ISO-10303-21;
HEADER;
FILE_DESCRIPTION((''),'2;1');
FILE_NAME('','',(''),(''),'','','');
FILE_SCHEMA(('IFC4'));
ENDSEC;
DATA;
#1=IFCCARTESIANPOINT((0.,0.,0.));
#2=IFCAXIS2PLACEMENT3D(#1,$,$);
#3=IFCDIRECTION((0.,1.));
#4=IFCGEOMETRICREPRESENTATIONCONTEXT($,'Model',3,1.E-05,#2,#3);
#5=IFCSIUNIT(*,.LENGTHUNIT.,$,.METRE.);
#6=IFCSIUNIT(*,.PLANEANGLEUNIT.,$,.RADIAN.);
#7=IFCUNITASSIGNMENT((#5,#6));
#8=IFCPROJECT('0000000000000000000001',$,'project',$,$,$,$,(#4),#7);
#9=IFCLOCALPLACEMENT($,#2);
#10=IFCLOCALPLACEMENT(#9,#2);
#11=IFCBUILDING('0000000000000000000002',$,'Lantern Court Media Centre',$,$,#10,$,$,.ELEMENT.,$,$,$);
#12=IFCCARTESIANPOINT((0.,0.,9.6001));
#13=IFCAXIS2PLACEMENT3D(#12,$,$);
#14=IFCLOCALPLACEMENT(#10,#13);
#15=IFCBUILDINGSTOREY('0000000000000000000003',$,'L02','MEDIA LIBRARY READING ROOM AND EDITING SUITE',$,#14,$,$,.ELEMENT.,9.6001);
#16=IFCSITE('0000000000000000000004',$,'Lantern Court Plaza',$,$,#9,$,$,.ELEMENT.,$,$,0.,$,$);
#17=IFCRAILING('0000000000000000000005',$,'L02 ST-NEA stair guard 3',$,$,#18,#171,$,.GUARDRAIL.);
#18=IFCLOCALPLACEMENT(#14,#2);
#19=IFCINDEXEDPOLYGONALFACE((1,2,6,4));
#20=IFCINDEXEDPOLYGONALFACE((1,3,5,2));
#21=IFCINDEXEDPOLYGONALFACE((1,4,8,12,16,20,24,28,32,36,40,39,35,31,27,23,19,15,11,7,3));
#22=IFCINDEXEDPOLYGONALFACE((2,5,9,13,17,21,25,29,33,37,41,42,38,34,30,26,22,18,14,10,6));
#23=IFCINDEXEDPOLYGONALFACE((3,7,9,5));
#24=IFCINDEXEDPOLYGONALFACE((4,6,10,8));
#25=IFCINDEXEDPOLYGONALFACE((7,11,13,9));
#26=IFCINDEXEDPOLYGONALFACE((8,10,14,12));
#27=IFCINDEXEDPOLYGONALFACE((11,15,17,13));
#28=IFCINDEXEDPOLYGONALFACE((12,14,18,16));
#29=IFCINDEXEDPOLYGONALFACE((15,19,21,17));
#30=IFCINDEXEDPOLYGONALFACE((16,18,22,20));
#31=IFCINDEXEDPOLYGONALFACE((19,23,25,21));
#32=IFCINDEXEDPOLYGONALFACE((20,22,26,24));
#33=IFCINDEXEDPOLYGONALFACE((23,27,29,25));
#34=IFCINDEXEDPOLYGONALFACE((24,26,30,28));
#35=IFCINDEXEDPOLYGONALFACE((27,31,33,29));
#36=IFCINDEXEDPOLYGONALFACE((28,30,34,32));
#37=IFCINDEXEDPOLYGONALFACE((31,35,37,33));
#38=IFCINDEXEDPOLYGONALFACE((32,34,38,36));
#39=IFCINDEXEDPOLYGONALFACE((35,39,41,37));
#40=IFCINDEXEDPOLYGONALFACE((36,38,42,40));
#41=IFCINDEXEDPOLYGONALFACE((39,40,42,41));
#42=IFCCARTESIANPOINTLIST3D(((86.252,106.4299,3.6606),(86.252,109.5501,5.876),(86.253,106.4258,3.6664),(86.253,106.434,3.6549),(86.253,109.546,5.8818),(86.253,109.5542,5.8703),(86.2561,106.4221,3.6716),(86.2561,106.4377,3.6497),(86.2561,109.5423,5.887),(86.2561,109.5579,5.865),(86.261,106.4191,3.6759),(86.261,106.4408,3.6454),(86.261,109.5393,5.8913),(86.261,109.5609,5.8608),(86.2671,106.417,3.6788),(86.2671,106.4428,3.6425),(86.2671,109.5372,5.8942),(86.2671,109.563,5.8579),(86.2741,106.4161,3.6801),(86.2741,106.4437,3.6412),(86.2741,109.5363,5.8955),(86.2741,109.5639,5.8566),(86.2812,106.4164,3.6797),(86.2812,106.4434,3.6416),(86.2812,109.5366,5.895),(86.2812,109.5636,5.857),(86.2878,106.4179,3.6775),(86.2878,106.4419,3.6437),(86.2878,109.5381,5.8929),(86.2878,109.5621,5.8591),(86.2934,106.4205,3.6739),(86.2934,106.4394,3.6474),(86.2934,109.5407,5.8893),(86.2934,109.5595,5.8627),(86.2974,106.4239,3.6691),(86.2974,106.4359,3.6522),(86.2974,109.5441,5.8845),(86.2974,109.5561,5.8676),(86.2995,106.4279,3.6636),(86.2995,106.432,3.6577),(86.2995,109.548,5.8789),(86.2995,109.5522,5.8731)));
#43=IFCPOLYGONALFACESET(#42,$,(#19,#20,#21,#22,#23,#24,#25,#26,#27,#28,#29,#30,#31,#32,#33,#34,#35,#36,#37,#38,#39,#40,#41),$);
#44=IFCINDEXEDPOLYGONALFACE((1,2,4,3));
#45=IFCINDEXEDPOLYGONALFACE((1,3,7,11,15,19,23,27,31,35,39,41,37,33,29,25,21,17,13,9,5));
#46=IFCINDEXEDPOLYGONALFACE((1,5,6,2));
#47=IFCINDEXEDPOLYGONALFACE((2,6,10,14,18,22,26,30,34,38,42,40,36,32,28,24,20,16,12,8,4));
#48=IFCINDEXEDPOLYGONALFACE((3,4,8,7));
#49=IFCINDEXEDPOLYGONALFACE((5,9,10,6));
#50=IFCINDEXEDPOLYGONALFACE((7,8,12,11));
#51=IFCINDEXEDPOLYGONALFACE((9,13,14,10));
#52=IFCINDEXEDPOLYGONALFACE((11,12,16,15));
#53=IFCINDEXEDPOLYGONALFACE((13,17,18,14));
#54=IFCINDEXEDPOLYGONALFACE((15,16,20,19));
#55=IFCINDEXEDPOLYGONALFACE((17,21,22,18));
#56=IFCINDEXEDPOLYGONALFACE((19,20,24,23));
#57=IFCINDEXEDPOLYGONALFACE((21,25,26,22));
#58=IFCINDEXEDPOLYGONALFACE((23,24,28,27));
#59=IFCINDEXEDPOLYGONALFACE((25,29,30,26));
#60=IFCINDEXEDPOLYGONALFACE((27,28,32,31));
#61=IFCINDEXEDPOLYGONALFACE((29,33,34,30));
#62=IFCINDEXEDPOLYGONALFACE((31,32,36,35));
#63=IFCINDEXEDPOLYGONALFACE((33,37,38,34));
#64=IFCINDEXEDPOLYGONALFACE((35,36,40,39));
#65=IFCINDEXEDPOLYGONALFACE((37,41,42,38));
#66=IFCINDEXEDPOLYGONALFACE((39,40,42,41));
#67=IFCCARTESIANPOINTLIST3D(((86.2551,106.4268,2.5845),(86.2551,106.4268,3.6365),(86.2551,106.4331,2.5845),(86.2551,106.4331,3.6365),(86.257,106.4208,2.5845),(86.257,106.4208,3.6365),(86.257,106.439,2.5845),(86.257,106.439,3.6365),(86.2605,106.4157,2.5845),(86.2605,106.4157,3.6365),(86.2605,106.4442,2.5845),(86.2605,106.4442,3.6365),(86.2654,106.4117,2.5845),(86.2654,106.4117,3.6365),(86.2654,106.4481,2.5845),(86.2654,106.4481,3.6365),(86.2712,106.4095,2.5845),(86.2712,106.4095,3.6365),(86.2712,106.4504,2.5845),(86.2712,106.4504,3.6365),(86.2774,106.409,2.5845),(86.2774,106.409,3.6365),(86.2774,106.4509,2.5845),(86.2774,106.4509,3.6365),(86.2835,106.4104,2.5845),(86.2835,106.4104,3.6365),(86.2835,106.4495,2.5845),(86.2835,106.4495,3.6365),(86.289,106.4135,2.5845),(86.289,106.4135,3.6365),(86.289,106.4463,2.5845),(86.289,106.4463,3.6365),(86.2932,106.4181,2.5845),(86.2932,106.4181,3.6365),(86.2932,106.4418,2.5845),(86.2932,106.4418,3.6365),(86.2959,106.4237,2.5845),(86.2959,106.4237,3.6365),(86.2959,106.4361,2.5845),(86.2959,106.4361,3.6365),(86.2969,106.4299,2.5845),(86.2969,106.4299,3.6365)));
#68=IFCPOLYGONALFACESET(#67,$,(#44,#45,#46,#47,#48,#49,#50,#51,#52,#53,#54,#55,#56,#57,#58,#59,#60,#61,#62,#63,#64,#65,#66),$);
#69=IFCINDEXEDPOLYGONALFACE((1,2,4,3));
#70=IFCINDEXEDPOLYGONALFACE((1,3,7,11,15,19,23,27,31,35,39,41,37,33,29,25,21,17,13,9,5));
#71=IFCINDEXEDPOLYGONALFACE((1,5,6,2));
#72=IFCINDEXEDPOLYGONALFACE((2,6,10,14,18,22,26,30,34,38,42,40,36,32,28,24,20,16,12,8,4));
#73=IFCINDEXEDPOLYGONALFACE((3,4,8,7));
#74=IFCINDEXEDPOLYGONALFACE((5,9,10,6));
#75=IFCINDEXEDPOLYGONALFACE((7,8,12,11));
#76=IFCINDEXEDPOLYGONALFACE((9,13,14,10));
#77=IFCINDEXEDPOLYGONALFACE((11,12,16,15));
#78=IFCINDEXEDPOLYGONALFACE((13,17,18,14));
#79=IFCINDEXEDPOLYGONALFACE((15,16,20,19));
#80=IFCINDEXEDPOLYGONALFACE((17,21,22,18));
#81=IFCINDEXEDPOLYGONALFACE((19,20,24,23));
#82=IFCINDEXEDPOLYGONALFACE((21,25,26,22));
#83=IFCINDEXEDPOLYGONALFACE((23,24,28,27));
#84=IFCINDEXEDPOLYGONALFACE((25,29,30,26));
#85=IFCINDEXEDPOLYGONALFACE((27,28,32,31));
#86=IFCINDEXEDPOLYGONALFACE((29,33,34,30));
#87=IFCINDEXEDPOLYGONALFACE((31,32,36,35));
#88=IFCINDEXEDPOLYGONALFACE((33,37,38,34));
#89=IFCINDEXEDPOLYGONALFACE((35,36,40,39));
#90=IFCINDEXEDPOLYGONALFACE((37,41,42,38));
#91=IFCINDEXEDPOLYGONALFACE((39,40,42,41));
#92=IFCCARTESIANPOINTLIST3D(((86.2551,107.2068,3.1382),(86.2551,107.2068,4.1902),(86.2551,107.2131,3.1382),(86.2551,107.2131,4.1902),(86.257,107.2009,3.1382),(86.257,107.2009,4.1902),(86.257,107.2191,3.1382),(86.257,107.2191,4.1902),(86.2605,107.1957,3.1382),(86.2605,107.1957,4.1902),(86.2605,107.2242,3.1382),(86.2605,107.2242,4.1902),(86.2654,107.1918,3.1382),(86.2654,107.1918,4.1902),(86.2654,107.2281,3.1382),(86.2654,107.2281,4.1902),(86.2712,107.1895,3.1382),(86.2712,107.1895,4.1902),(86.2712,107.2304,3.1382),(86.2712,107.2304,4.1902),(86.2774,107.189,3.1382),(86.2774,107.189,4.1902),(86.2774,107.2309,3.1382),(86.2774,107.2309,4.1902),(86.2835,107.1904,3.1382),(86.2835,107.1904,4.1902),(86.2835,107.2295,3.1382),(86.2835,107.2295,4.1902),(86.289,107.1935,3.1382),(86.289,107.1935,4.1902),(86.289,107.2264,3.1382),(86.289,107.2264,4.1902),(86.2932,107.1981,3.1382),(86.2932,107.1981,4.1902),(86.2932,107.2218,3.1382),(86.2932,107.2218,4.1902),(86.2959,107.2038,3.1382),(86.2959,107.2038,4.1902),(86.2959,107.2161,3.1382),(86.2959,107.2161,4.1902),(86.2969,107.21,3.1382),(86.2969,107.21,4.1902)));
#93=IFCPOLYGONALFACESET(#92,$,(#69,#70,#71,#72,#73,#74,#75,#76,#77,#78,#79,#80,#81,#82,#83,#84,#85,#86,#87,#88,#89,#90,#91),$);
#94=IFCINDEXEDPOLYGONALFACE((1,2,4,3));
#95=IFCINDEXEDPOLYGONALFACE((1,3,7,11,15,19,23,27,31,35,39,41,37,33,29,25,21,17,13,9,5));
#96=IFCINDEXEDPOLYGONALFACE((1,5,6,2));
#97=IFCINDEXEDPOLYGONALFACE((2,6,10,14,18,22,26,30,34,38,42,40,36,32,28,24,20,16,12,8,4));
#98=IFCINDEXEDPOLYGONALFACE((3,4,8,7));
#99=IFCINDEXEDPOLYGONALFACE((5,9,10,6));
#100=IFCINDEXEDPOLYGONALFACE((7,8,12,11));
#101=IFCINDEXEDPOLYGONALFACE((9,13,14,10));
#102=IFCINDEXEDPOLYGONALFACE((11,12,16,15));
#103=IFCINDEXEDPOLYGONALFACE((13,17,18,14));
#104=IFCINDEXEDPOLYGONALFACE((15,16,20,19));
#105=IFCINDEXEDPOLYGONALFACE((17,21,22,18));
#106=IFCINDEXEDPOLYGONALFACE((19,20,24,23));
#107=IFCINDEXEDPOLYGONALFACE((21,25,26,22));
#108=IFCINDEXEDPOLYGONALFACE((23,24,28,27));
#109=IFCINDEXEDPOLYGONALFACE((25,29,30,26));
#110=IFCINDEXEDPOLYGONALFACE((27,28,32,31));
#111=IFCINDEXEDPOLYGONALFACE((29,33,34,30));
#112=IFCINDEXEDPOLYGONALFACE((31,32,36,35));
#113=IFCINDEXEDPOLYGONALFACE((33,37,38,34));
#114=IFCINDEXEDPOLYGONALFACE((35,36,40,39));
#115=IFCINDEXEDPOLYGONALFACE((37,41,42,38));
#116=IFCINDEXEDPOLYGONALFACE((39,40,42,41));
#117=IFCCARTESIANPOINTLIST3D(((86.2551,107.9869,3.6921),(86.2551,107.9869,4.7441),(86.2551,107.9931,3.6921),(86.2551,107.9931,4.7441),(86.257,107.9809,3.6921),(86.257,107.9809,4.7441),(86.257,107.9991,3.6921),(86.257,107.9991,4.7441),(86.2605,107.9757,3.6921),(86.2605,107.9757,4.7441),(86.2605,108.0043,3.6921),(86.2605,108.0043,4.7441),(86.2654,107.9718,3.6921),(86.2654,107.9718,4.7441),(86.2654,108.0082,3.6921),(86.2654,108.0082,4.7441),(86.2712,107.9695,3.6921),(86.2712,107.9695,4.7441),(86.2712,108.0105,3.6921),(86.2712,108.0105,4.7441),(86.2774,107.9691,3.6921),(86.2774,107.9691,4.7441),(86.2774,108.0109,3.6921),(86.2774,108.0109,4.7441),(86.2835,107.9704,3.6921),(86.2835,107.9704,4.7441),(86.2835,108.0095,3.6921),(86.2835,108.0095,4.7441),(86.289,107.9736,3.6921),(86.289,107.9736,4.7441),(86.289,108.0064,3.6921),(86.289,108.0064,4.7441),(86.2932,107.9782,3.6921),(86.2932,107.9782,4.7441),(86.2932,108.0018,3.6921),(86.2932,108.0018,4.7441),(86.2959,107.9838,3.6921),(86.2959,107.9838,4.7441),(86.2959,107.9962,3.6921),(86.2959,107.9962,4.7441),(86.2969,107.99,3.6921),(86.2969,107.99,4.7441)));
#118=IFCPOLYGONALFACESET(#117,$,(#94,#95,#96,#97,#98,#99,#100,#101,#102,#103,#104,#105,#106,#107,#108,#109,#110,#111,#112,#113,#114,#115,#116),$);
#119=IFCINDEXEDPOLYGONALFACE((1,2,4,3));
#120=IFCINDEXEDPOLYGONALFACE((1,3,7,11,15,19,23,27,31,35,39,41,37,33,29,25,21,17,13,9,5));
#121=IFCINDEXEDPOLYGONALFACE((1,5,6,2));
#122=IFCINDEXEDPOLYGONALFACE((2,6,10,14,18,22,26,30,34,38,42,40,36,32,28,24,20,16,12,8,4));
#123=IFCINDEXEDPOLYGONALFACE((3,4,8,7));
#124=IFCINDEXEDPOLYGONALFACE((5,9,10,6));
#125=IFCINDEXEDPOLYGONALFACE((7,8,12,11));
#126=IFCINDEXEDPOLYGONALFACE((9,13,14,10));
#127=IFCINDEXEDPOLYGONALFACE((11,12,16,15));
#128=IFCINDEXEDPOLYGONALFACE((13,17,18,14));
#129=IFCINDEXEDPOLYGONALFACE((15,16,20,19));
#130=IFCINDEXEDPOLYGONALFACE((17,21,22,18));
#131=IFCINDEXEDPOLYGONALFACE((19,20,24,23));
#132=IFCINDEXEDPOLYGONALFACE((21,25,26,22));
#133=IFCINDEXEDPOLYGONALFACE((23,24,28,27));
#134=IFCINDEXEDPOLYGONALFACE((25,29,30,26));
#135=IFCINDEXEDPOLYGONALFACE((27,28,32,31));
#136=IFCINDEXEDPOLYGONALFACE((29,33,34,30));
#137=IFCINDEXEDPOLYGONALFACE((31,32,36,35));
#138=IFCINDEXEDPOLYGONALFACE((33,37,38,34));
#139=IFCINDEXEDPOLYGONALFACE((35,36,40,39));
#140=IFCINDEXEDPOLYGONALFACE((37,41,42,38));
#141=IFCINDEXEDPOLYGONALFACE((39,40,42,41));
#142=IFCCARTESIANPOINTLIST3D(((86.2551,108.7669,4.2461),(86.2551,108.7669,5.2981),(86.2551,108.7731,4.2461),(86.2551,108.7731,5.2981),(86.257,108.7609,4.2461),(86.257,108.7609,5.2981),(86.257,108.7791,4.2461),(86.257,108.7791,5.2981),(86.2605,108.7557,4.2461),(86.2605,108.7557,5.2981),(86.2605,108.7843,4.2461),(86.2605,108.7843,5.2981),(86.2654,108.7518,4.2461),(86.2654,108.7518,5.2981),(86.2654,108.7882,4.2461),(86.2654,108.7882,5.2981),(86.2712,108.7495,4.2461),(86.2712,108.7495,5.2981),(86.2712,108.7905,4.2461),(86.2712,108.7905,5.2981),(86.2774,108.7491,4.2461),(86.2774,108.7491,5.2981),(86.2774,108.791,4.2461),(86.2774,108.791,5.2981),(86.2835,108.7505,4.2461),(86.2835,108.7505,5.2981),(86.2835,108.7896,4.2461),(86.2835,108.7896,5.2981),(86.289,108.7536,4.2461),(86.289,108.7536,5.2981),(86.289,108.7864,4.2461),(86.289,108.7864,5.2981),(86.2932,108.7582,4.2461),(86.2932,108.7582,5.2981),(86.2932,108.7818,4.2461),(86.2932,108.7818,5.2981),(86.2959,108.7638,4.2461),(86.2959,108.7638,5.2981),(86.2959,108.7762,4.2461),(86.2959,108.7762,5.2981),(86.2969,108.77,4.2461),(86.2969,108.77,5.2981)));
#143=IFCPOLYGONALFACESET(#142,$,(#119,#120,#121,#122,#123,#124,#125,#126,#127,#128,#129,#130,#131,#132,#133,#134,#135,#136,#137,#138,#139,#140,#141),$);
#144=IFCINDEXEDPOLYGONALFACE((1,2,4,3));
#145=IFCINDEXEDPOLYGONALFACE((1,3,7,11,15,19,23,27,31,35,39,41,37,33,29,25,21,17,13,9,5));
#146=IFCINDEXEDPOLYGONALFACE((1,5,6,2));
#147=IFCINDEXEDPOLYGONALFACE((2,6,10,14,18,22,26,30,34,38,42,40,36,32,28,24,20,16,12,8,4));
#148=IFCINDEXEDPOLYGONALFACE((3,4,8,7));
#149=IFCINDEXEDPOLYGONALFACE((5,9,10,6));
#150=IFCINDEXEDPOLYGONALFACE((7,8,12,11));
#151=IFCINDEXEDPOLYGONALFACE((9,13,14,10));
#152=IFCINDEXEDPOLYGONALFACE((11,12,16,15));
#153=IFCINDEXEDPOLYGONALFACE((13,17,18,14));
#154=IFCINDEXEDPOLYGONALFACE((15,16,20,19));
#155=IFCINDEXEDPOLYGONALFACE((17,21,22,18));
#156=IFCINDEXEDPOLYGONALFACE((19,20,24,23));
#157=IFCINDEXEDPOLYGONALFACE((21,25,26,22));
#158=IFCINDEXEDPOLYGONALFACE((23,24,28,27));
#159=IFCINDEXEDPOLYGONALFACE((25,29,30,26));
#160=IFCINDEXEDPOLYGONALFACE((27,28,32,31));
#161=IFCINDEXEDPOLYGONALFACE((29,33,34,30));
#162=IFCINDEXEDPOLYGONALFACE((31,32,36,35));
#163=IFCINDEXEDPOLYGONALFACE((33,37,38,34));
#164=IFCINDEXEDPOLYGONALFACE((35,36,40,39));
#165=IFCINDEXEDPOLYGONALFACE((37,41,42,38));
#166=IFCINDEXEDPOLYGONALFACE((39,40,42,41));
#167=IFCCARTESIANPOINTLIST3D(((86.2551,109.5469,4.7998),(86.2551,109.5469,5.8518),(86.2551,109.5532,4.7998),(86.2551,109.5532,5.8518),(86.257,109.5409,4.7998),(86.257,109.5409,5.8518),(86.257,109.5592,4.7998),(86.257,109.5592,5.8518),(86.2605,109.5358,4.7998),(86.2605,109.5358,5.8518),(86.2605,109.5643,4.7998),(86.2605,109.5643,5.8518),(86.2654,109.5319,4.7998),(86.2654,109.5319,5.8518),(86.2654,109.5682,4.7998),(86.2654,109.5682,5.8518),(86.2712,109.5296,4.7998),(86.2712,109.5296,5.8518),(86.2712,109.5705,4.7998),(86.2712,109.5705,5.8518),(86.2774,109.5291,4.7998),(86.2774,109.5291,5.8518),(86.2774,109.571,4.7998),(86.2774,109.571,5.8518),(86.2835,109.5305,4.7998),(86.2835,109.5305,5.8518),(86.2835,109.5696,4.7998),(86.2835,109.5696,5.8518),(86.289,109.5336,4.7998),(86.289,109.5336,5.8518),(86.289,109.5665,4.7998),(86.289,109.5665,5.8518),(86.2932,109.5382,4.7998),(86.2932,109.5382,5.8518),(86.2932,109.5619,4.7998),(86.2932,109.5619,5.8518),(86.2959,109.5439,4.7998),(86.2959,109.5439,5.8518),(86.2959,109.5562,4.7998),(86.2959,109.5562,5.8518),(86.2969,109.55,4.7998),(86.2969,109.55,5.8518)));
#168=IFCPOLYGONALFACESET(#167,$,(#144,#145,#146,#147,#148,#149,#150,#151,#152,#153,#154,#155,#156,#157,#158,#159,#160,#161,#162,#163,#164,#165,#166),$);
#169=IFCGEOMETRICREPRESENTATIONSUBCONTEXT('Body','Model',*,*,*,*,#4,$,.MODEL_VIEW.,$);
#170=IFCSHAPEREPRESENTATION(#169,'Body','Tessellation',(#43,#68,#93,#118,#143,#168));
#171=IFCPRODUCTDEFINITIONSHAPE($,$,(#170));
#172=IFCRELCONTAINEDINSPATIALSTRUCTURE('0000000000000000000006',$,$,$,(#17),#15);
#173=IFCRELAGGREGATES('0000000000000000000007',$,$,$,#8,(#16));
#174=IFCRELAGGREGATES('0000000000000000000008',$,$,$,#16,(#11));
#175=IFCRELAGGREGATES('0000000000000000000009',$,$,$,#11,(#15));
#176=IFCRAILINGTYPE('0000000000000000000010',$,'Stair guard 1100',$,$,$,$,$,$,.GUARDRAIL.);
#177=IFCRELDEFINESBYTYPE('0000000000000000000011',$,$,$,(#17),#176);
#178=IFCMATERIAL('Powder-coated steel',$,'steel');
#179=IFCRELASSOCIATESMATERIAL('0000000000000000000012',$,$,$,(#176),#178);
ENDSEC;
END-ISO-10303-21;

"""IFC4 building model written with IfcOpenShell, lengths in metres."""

from ifc_helpers import new_model, si_unit, direction, frame, origin, origin_2d, place, context, subcontext, project, spatial, circle, extrude, material, type_object, element, save


model = new_model("IFC4")

# Units and contexts
model_context = context("Model", 3, precision=1e-05, world=origin(), true_north=direction((0.0, 1.0)))
body_context = subcontext(model_context, "Body", "Model", "MODEL_VIEW")
ifc_project = project(units=[si_unit("LENGTHUNIT", "METRE"), si_unit("PLANEANGLEUNIT", "RADIAN")], contexts=[model_context])

# Site, building, storey
site_placement = place(None, origin())
site = spatial("IfcSite", under=ifc_project, at=site_placement, Name="Lantern Court Plaza", CompositionType="ELEMENT", RefElevation=0.0)
building_placement = place(site_placement, origin())
building = spatial("IfcBuilding", under=site, at=building_placement, Name="Lantern Court Media Centre", CompositionType="ELEMENT")
storey_placement = place(building_placement, frame((0.0, 0.0, 9.6001)))
storey = spatial("IfcBuildingStorey", under=building, at=storey_placement, Name="L02", Description="MEDIA LIBRARY READING ROOM AND EDITING SUITE", CompositionType="ELEMENT", Elevation=9.6001)

# Shared definitions
ifc_material_1 = material(Name="Powder-coated steel", Category="steel")

# Railing
railing_type_1 = type_object("IfcRailingType", Name="Stair guard 1100", PredefinedType="GUARDRAIL", material=ifc_material_1)
railing_1_placement = place(storey_placement, frame((86.2759, 106.4299, 2.5845)))
element("IfcRailing", 1, at=railing_1_placement, inside=storey, type_object=railing_type_1, Name="L02 ST-NEA stair guard 3", PredefinedType="GUARDRAIL", context=body_context, shape_type="SweptSolid", body=[
    extrude(circle(Radius=0.0239, at=origin_2d()), frame((0.0, 0.0, 1.0762), z_axis=(0.0, 0.815377, 0.57893), x_axis=(-1.0, 0.0, 0.0)), (0.0, 0.0, 1.0), 3.8267),
    extrude(circle(Radius=0.021, at=origin_2d()), origin(), (0.0, 0.0, 1.0), 1.052),
    extrude(circle(Radius=0.021, at=origin_2d()), frame((0.0, 0.78, 0.5537)), (0.0, 0.0, 1.0), 1.052),
    extrude(circle(Radius=0.021, at=origin_2d()), frame((0.0, 1.5601, 1.1077)), (0.0, 0.0, 1.0), 1.052),
    extrude(circle(Radius=0.021, at=origin_2d()), frame((0.0, 2.3401, 1.6616)), (0.0, 0.0, 1.0), 1.052),
    extrude(circle(Radius=0.021, at=origin_2d()), frame((0.0, 3.1201, 2.2153)), (0.0, 0.0, 1.0), 1.052),
])

save(model, "model.ifc")
